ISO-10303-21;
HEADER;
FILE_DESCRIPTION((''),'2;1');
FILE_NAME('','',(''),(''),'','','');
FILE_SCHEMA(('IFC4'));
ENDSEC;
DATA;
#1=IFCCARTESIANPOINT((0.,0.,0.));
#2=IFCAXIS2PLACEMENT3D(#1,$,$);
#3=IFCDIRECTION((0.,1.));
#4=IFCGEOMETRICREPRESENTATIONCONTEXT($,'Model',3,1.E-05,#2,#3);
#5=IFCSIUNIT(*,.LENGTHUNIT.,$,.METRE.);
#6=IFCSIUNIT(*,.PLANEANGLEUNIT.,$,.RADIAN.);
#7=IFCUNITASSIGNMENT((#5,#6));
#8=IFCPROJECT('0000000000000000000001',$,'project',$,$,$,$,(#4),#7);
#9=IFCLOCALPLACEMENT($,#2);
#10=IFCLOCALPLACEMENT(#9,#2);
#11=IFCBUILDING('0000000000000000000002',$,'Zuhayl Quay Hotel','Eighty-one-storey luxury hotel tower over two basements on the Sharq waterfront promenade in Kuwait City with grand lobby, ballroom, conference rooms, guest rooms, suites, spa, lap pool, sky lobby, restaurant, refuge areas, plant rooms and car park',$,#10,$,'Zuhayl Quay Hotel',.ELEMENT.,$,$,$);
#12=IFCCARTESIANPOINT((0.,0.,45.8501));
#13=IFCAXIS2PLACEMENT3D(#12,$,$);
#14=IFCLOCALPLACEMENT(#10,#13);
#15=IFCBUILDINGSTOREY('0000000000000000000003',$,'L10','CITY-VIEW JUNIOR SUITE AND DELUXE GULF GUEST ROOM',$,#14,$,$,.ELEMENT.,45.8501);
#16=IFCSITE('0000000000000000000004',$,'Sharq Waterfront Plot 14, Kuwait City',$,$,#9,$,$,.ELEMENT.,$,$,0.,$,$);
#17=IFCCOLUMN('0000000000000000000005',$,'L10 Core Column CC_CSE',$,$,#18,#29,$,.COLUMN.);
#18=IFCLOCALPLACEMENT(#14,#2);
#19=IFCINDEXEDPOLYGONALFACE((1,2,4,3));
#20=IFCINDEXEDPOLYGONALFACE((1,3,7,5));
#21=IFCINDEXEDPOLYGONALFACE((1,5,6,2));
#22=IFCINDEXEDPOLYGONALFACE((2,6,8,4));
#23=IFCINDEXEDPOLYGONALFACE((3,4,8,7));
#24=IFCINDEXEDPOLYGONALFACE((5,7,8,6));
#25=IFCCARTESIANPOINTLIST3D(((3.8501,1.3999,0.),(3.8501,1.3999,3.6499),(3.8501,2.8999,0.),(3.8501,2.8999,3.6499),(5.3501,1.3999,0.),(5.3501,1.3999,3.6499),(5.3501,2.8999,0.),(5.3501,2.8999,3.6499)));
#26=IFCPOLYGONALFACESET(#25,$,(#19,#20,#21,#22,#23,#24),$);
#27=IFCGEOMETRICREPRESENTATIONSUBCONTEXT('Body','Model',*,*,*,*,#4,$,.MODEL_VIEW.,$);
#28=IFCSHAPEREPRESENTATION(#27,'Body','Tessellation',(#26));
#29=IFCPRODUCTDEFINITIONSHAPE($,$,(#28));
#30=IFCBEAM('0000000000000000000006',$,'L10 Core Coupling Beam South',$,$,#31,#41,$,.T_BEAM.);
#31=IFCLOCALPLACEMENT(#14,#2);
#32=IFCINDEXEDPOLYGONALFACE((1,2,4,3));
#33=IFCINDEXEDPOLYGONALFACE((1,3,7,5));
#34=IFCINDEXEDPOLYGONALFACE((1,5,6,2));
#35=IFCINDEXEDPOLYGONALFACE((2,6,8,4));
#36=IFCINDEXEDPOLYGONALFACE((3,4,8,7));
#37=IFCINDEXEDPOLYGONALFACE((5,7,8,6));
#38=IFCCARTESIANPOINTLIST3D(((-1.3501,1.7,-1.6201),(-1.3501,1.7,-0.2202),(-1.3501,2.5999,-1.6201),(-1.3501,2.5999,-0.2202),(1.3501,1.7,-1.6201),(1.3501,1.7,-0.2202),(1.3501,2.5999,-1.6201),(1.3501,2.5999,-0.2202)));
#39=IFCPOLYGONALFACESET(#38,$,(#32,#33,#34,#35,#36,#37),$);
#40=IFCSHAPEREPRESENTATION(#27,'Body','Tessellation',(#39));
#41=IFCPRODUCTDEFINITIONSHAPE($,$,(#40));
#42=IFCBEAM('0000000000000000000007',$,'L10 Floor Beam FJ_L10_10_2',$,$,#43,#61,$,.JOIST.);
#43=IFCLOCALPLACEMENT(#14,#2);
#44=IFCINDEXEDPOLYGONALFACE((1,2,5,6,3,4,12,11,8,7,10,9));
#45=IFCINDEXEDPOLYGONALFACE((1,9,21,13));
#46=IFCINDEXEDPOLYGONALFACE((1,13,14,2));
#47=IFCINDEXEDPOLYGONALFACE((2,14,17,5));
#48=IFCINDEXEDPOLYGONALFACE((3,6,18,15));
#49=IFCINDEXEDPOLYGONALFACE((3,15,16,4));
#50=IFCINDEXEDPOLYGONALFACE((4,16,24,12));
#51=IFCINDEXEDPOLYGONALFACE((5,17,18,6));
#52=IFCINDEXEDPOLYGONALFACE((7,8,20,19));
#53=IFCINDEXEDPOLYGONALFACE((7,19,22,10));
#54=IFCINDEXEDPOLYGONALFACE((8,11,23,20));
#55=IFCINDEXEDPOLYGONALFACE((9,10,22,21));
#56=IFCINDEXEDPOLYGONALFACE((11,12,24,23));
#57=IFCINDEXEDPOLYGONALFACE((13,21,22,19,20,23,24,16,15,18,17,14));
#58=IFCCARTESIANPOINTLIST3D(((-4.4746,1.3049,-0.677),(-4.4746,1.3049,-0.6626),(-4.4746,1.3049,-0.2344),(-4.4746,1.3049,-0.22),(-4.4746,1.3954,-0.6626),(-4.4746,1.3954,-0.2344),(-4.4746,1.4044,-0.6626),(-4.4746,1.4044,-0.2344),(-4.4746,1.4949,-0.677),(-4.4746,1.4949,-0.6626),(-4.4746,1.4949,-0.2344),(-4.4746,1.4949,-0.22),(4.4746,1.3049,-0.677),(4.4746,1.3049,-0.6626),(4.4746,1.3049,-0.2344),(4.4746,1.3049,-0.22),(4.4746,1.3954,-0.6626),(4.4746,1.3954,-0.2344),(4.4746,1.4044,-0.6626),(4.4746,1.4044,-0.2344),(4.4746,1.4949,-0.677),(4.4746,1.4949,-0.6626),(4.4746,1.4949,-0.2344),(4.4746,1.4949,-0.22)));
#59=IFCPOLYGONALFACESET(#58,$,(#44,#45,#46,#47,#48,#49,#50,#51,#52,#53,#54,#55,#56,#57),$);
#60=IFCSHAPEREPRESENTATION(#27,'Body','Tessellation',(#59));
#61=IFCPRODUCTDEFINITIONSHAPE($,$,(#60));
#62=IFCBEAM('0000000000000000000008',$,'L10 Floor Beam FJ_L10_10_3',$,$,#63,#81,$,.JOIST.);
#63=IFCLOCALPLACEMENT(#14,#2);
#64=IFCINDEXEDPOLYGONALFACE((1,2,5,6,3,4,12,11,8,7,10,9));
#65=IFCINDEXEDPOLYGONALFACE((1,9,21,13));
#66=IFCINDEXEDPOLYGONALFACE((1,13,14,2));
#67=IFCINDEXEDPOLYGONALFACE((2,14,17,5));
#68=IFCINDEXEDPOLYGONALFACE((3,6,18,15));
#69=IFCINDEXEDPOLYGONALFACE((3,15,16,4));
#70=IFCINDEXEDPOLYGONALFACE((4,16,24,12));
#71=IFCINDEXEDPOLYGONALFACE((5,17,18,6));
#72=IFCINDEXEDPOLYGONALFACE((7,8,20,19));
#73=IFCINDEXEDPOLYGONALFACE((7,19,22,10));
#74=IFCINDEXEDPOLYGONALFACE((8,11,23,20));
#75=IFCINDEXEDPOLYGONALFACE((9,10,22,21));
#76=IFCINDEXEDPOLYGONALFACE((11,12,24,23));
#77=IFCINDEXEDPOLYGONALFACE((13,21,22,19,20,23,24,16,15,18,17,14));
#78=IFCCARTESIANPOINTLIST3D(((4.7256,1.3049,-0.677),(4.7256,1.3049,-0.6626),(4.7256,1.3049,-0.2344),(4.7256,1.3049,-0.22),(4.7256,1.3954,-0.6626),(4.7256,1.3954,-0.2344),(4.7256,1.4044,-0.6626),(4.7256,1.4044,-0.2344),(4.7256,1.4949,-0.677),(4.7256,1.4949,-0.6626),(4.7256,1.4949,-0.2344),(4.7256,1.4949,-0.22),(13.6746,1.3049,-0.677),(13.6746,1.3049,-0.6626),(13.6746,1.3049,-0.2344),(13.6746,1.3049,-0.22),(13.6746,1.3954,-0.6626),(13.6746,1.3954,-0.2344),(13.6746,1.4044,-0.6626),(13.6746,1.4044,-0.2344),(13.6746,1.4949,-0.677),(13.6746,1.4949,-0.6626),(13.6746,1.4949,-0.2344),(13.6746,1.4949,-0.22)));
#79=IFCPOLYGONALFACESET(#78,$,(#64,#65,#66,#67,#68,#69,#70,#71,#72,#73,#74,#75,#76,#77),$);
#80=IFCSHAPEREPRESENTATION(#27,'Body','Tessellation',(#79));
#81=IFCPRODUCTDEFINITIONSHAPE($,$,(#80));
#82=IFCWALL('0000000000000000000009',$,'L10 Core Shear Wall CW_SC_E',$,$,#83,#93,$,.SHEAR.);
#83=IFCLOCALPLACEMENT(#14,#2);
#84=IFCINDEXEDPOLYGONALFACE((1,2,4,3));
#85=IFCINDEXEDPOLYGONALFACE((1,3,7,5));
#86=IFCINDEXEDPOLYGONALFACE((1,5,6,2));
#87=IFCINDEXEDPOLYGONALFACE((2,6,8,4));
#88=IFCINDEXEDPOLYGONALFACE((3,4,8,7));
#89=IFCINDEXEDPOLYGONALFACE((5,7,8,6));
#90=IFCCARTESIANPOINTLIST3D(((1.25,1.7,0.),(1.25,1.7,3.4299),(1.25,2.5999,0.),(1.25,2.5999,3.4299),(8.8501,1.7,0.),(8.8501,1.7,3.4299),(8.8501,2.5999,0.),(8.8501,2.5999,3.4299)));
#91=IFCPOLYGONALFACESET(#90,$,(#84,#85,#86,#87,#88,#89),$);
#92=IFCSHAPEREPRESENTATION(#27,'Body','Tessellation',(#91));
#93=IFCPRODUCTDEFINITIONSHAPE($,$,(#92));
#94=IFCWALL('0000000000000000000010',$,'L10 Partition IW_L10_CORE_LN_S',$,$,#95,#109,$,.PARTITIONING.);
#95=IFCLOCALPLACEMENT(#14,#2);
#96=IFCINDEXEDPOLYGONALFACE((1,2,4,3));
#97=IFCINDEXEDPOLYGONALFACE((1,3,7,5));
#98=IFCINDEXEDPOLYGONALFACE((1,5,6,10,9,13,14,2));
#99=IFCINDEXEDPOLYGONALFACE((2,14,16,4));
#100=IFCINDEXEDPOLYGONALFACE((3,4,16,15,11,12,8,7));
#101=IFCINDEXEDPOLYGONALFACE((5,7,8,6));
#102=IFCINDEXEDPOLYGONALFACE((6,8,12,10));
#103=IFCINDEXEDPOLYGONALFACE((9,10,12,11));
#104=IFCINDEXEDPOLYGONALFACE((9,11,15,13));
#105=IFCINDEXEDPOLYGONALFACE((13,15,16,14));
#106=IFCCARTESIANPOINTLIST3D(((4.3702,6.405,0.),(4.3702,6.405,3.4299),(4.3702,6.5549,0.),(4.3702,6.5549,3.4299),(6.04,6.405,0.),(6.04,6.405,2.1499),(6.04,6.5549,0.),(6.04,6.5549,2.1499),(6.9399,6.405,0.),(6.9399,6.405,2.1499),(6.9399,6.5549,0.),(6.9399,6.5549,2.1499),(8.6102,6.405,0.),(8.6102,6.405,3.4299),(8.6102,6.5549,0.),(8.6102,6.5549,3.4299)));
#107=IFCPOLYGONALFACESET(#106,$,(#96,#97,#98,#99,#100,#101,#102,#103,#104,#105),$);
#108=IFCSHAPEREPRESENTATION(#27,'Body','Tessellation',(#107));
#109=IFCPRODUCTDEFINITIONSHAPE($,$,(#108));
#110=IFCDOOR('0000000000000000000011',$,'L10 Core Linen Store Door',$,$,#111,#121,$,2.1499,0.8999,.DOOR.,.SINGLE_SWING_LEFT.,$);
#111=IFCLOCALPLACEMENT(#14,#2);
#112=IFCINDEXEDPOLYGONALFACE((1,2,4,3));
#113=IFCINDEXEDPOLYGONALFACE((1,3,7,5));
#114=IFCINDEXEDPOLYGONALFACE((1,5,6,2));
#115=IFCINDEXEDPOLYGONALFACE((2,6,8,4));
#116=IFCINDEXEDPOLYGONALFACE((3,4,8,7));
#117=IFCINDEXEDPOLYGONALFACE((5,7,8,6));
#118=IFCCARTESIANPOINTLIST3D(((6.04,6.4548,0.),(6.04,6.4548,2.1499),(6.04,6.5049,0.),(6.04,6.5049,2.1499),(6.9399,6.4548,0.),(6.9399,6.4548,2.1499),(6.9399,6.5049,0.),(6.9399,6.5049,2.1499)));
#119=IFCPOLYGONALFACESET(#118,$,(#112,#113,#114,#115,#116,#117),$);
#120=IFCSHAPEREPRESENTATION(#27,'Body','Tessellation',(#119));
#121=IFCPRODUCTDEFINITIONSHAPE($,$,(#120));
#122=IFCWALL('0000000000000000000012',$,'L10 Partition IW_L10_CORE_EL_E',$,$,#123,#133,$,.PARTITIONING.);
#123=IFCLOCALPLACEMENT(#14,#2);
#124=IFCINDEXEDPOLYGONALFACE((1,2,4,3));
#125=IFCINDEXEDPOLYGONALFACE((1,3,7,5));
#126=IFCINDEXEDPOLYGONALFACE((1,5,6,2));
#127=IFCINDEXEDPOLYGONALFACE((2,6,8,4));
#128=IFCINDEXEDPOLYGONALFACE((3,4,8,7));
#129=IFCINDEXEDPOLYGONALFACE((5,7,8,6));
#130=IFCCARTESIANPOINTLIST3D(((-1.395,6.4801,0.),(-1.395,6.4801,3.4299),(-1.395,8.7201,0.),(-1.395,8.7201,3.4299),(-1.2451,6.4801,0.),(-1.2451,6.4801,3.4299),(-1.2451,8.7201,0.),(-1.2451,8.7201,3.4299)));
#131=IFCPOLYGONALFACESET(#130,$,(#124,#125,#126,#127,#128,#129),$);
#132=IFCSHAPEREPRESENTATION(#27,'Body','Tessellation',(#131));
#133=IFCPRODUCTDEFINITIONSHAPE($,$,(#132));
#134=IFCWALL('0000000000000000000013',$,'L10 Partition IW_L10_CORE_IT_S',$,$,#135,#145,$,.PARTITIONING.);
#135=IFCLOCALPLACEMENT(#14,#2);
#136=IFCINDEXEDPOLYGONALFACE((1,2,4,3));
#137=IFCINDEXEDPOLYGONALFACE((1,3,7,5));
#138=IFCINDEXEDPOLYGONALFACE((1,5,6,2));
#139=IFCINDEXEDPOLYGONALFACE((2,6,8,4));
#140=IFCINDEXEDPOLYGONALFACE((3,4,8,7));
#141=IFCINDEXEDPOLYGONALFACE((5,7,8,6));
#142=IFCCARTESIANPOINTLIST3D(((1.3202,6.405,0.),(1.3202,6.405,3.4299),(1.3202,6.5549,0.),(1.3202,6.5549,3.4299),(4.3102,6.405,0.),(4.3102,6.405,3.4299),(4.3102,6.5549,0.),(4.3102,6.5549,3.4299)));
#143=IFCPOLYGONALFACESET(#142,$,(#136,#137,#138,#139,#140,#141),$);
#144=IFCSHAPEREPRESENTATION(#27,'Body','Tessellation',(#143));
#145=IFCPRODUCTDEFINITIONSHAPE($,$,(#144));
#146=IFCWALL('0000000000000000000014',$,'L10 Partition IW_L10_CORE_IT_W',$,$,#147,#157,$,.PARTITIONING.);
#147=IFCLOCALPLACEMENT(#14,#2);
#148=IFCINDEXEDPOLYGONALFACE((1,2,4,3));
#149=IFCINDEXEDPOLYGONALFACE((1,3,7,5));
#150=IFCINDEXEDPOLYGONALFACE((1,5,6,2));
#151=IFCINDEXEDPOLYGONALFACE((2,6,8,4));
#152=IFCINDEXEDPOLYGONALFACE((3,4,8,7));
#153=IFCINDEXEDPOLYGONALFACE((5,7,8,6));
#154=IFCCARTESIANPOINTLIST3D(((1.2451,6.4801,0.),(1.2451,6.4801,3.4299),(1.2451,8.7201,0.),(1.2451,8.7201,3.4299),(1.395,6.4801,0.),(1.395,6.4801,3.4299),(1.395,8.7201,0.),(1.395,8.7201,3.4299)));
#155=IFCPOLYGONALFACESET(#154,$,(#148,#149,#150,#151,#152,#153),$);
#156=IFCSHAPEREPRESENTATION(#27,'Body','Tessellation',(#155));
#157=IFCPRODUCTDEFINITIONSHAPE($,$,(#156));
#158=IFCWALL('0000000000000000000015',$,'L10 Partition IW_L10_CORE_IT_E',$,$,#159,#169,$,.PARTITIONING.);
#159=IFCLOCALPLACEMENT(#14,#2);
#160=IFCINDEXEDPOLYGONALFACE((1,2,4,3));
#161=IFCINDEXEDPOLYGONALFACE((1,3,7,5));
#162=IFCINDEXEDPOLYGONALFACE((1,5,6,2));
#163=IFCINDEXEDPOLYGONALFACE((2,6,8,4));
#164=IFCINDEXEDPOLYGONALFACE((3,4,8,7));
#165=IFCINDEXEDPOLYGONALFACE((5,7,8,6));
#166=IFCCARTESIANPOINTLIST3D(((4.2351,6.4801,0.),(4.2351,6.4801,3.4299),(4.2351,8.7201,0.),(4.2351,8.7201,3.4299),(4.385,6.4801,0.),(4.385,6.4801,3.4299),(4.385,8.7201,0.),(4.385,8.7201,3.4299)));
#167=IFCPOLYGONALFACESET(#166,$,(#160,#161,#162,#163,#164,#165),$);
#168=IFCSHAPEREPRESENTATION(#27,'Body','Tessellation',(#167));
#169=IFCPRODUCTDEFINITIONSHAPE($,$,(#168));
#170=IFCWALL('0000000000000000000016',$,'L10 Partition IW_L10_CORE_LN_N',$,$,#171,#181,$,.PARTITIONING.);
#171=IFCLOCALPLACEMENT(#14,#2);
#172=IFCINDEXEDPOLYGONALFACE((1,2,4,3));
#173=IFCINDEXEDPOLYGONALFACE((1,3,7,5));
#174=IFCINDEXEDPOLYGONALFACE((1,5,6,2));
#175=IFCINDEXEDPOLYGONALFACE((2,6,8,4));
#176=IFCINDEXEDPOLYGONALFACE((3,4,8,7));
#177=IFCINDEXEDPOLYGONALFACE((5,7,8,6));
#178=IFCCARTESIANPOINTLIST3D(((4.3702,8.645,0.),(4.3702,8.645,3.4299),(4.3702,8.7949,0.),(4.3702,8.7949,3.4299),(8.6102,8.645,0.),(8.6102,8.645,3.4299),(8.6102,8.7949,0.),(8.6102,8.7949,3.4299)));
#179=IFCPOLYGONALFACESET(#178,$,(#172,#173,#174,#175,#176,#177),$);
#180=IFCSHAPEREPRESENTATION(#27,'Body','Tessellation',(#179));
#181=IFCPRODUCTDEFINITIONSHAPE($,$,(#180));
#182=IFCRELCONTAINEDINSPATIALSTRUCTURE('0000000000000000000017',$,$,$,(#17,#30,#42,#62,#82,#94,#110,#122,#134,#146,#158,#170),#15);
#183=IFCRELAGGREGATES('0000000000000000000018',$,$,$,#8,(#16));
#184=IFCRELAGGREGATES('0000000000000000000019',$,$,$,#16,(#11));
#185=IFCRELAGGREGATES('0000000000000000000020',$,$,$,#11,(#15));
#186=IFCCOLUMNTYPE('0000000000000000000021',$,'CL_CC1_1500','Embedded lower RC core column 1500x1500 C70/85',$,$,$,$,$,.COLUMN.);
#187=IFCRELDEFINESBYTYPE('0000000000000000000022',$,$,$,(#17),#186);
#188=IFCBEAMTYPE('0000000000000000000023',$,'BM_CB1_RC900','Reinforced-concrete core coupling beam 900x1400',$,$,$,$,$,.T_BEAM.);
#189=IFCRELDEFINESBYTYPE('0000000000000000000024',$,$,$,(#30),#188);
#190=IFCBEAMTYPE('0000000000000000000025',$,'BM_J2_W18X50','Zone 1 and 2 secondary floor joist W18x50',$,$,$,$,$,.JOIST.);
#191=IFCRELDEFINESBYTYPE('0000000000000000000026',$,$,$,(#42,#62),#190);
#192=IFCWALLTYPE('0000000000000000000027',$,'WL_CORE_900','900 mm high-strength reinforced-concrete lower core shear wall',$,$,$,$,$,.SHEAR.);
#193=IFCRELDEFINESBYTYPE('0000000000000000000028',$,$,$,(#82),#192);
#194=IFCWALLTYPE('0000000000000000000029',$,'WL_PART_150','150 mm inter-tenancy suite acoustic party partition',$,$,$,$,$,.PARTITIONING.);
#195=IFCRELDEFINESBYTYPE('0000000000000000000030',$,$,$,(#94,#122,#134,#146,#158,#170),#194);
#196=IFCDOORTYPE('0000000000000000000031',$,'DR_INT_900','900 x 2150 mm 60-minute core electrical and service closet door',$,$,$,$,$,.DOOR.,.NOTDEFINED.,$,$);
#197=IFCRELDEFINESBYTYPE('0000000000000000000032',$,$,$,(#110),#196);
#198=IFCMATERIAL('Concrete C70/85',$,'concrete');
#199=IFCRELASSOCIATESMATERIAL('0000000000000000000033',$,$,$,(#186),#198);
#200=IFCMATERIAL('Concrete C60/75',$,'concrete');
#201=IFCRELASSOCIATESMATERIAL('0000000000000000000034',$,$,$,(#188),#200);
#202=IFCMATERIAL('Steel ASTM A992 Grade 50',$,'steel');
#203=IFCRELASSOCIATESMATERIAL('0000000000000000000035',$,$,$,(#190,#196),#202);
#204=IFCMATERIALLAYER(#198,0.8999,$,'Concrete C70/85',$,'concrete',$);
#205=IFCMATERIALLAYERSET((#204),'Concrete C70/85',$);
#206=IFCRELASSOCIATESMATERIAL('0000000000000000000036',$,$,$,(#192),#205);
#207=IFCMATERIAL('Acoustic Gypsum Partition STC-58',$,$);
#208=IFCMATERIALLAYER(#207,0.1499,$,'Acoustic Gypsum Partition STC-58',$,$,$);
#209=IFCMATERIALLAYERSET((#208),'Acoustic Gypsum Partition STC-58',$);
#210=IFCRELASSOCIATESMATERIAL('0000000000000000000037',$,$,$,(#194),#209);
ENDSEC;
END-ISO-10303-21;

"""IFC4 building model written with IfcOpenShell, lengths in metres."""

from ifc_helpers import new_model, si_unit, direction, frame, frame_2d, origin, origin_2d, place, context, subcontext, project, spatial, rectangle, i_section, extrude, material, layer, layer_set, material_profile, profile_set, type_object, element, fill, save


model = new_model("IFC4")

# Units and contexts
model_context = context("Model", 3, precision=1e-05, world=origin(), true_north=direction((0.0, 1.0)))
body_context = subcontext(model_context, "Body", "Model", "MODEL_VIEW")
ifc_project = project(units=[si_unit("LENGTHUNIT", "METRE"), si_unit("PLANEANGLEUNIT", "RADIAN")], contexts=[model_context])

# Site, building, storey
site_placement = place(None, origin())
site = spatial("IfcSite", under=ifc_project, at=site_placement, Name="Sharq Waterfront Plot 14, Kuwait City", CompositionType="ELEMENT", RefElevation=0.0)
building_placement = place(site_placement, origin())
building = spatial("IfcBuilding", under=site, at=building_placement, Name="Zuhayl Quay Hotel", Description="Eighty-one-storey luxury hotel tower over two basements on the Sharq waterfront promenade in Kuwait City with grand lobby, ballroom, conference rooms, guest rooms, suites, spa, lap pool, sky lobby, restaurant, refuge areas, plant rooms and car park", LongName="Zuhayl Quay Hotel", CompositionType="ELEMENT")
storey_placement = place(building_placement, frame((0.0, 0.0, 45.8501)))
storey = spatial("IfcBuildingStorey", under=building, at=storey_placement, Name="L10", Description="CITY-VIEW JUNIOR SUITE AND DELUXE GULF GUEST ROOM", CompositionType="ELEMENT", Elevation=45.8501)

# Column
ifc_material_1 = material(Name="Concrete C70/85", Category="concrete")
ifc_material_profile_1 = material_profile(ifc_material_1, rectangle(XDim=1.5, YDim=1.5, at=origin_2d()), Name="RC1500X1500")
ifc_profile_set_1 = profile_set([ifc_material_profile_1], Name="Concrete C70/85")
column_type = type_object("IfcColumnType", Name="CL_CC1_1500", Description="Embedded lower RC core column 1500x1500 C70/85", PredefinedType="COLUMN", material=ifc_profile_set_1)
column_placement = place(storey_placement, frame((4.6001, 2.1499, 0.0), z_axis=(0.0, 0.0, 1.0), x_axis=(1.0, 0.0, 0.0)))
element("IfcColumn", 1, at=column_placement, inside=storey, type_object=column_type, Name="L10 Core Column CC_CSE", PredefinedType="COLUMN", context=body_context, shape_type="SweptSolid", body=[
    extrude(rectangle(XDim=1.5, YDim=1.5, at=origin_2d()), origin(), (0.0, 0.0, 1.0), 3.6499),
])

# Beams
ifc_material_2 = material(Name="Concrete C60/75", Category="concrete")
ifc_material_profile_2 = material_profile(ifc_material_2, rectangle(XDim=0.8999, YDim=1.3999, at=origin_2d()), Name="RC900X1400")
ifc_profile_set_2 = profile_set([ifc_material_profile_2], Name="Concrete C60/75")
beam_type_1 = type_object("IfcBeamType", Name="BM_CB1_RC900", Description="Reinforced-concrete core coupling beam 900x1400", PredefinedType="T_BEAM", material=ifc_profile_set_2)
beam_1_placement = place(storey_placement, frame((-1.3501, 2.1499, -0.9202), z_axis=(1.0, 0.0, 0.0), x_axis=(0.0, 1.0, 0.0)))
element("IfcBeam", 2, at=beam_1_placement, inside=storey, type_object=beam_type_1, Name="L10 Core Coupling Beam South", PredefinedType="T_BEAM", context=body_context, shape_type="SweptSolid", body=[
    extrude(rectangle(XDim=0.8999, YDim=1.3999, at=origin_2d()), origin(), (0.0, 0.0, 1.0), 2.7002),
])
ifc_material_3 = material(Name="Steel ASTM A992 Grade 50", Category="steel")
ifc_material_profile_3 = material_profile(ifc_material_3, i_section(OverallWidth=0.1899, OverallDepth=0.457, WebThickness=0.009, FlangeThickness=0.0144, at=origin_2d()), Name="W18X50")
ifc_profile_set_3 = profile_set([ifc_material_profile_3], Name="Steel ASTM A992 Grade 50")
beam_type_2 = type_object("IfcBeamType", Name="BM_J2_W18X50", Description="Zone 1 and 2 secondary floor joist W18x50", PredefinedType="JOIST", material=ifc_profile_set_3)
beam_2_placement = place(storey_placement, frame((-4.4746, 1.3999, -0.4485), z_axis=(1.0, 0.0, 0.0), x_axis=(0.0, 1.0, 0.0)))
element("IfcBeam", 3, at=beam_2_placement, inside=storey, type_object=beam_type_2, Name="L10 Floor Beam FJ_L10_10_2", PredefinedType="JOIST", context=body_context, shape_type="SweptSolid", body=[
    extrude(i_section(OverallWidth=0.1899, OverallDepth=0.457, WebThickness=0.009, FlangeThickness=0.0144, at=origin_2d()), origin(), (0.0, 0.0, 1.0), 8.9492),
])
beam_3_placement = place(storey_placement, frame((4.7256, 1.3999, -0.4485), z_axis=(1.0, 0.0, 0.0), x_axis=(0.0, 1.0, 0.0)))
element("IfcBeam", 4, at=beam_3_placement, inside=storey, type_object=beam_type_2, Name="L10 Floor Beam FJ_L10_10_3", PredefinedType="JOIST", context=body_context, shape_type="SweptSolid", body=[
    extrude(i_section(OverallWidth=0.1899, OverallDepth=0.457, WebThickness=0.009, FlangeThickness=0.0144, at=origin_2d()), origin(), (0.0, 0.0, 1.0), 8.949),
])

# Wall
ifc_layer_1 = layer(ifc_material_1, 0.8999, Name="Concrete C70/85", Category="concrete")
ifc_layer_set_1 = layer_set([ifc_layer_1], Name="Concrete C70/85")
wall_type_1 = type_object("IfcWallType", Name="WL_CORE_900", Description="900 mm high-strength reinforced-concrete lower core shear wall", PredefinedType="SHEAR", material=ifc_layer_set_1)
wall_1_placement = place(storey_placement, frame((1.25, 2.1499, 0.0), z_axis=(0.0, 0.0, 1.0), x_axis=(1.0, 0.0, 0.0)))
element("IfcWall", 5, at=wall_1_placement, inside=storey, type_object=wall_type_1, Name="L10 Core Shear Wall CW_SC_E", PredefinedType="SHEAR", context=body_context, shape_type="SweptSolid", body=[
    extrude(rectangle(XDim=7.6001, YDim=0.8999, at=frame_2d((3.8, 0.0))), origin(), (0.0, 0.0, 1.0), 3.4299),
])

# Wall, opening, door
ifc_material_4 = material(Name="Acoustic Gypsum Partition STC-58")
ifc_layer_2 = layer(ifc_material_4, 0.1499, Name="Acoustic Gypsum Partition STC-58")
ifc_layer_set_2 = layer_set([ifc_layer_2], Name="Acoustic Gypsum Partition STC-58")
wall_type_2 = type_object("IfcWallType", Name="WL_PART_150", Description="150 mm inter-tenancy suite acoustic party partition", PredefinedType="PARTITIONING", material=ifc_layer_set_2)
door_type = type_object("IfcDoorType", Name="DR_INT_900", Description="900 x 2150 mm 60-minute core electrical and service closet door", OperationType="NOTDEFINED", PredefinedType="DOOR", material=ifc_material_3)
wall_2_placement = place(storey_placement, frame((4.3701, 6.48, 0.0), z_axis=(0.0, 0.0, 1.0), x_axis=(1.0, 0.0, 0.0)))
wall_2 = element("IfcWall", 6, at=wall_2_placement, inside=storey, type_object=wall_type_2, Name="L10 Partition IW_L10_CORE_LN_S", PredefinedType="PARTITIONING", context=body_context, shape_type="SweptSolid", body=[
    extrude(rectangle(XDim=4.24, YDim=0.1499, at=frame_2d((2.1201, 0.0))), origin(), (0.0, 0.0, 1.0), 3.4299),
])
opening_1_placement = place(wall_2_placement, frame((1.6699, 0.0, 0.0)))
opening_1 = element("IfcOpeningElement", 7, at=opening_1_placement, cuts=wall_2, PredefinedType="OPENING", context=body_context, shape_type="SweptSolid", body=[
    extrude(rectangle(XDim=0.8999, YDim=2.1499, at=frame_2d((0.45, 1.075))), frame((0.0, 0.085, 0.0), z_axis=(0.0, -1.0, 0.0), x_axis=(1.0, 0.0, 0.0)), (0.0, 0.0, 1.0), 0.1699),
])
door_1_placement = place(opening_1_placement, origin())
door_1 = element("IfcDoor", 8, at=door_1_placement, inside=storey, type_object=door_type, Name="L10 Core Linen Store Door", OperationType="SINGLE_SWING_LEFT", OverallHeight=2.1499, OverallWidth=0.8999, PredefinedType="DOOR", context=body_context, shape_type="SweptSolid", body=[
    extrude(rectangle(XDim=0.8999, YDim=2.1499, at=frame_2d((0.45, 1.075))), frame((0.0, 0.0249, 0.0), z_axis=(0.0, -1.0, 0.0), x_axis=(1.0, 0.0, 0.0)), (0.0, 0.0, 1.0), 0.05),
])
fill(opening_1, door_1)

# Walls
wall_3_placement = place(storey_placement, frame((-1.3201, 6.48, 0.0), z_axis=(0.0, 0.0, 1.0), x_axis=(0.0, 1.0, 0.0)))
element("IfcWall", 9, at=wall_3_placement, inside=storey, type_object=wall_type_2, Name="L10 Partition IW_L10_CORE_EL_E", PredefinedType="PARTITIONING", context=body_context, shape_type="SweptSolid", body=[
    extrude(rectangle(XDim=2.24, YDim=0.1499, at=frame_2d((1.1201, 0.0))), origin(), (0.0, 0.0, 1.0), 3.4299),
])
wall_4_placement = place(storey_placement, frame((1.3201, 6.48, 0.0), z_axis=(0.0, 0.0, 1.0), x_axis=(1.0, 0.0, 0.0)))
element("IfcWall", 10, at=wall_4_placement, inside=storey, type_object=wall_type_2, Name="L10 Partition IW_L10_CORE_IT_S", PredefinedType="PARTITIONING", context=body_context, shape_type="SweptSolid", body=[
    extrude(rectangle(XDim=2.99, YDim=0.1499, at=frame_2d((1.4951, 0.0))), origin(), (0.0, 0.0, 1.0), 3.4299),
])
for number, where, z_axis, x_axis, name in (
    (11, (1.3201, 6.48, 0.0), (0.0, 0.0, 1.0), (0.0, 1.0, 0.0), "L10 Partition IW_L10_CORE_IT_W"),
    (12, (4.3101, 6.48, 0.0), (0.0, 0.0, 1.0), (0.0, 1.0, 0.0), "L10 Partition IW_L10_CORE_IT_E"),
):
    element("IfcWall", number, at=place(storey_placement, frame(where, z_axis=z_axis, x_axis=x_axis)), inside=storey, type_object=wall_type_2, Name=name, PredefinedType="PARTITIONING", context=body_context, shape_type="SweptSolid", body=[
        extrude(rectangle(XDim=2.24, YDim=0.1499, at=frame_2d((1.1201, 0.0))), origin(), (0.0, 0.0, 1.0), 3.4299),
    ])
wall_5_placement = place(storey_placement, frame((4.3701, 8.72, 0.0), z_axis=(0.0, 0.0, 1.0), x_axis=(1.0, 0.0, 0.0)))
element("IfcWall", 13, at=wall_5_placement, inside=storey, type_object=wall_type_2, Name="L10 Partition IW_L10_CORE_LN_N", PredefinedType="PARTITIONING", context=body_context, shape_type="SweptSolid", body=[
    extrude(rectangle(XDim=4.24, YDim=0.1499, at=frame_2d((2.1201, 0.0))), origin(), (0.0, 0.0, 1.0), 3.4299),
])

save(model, "model.ifc")
